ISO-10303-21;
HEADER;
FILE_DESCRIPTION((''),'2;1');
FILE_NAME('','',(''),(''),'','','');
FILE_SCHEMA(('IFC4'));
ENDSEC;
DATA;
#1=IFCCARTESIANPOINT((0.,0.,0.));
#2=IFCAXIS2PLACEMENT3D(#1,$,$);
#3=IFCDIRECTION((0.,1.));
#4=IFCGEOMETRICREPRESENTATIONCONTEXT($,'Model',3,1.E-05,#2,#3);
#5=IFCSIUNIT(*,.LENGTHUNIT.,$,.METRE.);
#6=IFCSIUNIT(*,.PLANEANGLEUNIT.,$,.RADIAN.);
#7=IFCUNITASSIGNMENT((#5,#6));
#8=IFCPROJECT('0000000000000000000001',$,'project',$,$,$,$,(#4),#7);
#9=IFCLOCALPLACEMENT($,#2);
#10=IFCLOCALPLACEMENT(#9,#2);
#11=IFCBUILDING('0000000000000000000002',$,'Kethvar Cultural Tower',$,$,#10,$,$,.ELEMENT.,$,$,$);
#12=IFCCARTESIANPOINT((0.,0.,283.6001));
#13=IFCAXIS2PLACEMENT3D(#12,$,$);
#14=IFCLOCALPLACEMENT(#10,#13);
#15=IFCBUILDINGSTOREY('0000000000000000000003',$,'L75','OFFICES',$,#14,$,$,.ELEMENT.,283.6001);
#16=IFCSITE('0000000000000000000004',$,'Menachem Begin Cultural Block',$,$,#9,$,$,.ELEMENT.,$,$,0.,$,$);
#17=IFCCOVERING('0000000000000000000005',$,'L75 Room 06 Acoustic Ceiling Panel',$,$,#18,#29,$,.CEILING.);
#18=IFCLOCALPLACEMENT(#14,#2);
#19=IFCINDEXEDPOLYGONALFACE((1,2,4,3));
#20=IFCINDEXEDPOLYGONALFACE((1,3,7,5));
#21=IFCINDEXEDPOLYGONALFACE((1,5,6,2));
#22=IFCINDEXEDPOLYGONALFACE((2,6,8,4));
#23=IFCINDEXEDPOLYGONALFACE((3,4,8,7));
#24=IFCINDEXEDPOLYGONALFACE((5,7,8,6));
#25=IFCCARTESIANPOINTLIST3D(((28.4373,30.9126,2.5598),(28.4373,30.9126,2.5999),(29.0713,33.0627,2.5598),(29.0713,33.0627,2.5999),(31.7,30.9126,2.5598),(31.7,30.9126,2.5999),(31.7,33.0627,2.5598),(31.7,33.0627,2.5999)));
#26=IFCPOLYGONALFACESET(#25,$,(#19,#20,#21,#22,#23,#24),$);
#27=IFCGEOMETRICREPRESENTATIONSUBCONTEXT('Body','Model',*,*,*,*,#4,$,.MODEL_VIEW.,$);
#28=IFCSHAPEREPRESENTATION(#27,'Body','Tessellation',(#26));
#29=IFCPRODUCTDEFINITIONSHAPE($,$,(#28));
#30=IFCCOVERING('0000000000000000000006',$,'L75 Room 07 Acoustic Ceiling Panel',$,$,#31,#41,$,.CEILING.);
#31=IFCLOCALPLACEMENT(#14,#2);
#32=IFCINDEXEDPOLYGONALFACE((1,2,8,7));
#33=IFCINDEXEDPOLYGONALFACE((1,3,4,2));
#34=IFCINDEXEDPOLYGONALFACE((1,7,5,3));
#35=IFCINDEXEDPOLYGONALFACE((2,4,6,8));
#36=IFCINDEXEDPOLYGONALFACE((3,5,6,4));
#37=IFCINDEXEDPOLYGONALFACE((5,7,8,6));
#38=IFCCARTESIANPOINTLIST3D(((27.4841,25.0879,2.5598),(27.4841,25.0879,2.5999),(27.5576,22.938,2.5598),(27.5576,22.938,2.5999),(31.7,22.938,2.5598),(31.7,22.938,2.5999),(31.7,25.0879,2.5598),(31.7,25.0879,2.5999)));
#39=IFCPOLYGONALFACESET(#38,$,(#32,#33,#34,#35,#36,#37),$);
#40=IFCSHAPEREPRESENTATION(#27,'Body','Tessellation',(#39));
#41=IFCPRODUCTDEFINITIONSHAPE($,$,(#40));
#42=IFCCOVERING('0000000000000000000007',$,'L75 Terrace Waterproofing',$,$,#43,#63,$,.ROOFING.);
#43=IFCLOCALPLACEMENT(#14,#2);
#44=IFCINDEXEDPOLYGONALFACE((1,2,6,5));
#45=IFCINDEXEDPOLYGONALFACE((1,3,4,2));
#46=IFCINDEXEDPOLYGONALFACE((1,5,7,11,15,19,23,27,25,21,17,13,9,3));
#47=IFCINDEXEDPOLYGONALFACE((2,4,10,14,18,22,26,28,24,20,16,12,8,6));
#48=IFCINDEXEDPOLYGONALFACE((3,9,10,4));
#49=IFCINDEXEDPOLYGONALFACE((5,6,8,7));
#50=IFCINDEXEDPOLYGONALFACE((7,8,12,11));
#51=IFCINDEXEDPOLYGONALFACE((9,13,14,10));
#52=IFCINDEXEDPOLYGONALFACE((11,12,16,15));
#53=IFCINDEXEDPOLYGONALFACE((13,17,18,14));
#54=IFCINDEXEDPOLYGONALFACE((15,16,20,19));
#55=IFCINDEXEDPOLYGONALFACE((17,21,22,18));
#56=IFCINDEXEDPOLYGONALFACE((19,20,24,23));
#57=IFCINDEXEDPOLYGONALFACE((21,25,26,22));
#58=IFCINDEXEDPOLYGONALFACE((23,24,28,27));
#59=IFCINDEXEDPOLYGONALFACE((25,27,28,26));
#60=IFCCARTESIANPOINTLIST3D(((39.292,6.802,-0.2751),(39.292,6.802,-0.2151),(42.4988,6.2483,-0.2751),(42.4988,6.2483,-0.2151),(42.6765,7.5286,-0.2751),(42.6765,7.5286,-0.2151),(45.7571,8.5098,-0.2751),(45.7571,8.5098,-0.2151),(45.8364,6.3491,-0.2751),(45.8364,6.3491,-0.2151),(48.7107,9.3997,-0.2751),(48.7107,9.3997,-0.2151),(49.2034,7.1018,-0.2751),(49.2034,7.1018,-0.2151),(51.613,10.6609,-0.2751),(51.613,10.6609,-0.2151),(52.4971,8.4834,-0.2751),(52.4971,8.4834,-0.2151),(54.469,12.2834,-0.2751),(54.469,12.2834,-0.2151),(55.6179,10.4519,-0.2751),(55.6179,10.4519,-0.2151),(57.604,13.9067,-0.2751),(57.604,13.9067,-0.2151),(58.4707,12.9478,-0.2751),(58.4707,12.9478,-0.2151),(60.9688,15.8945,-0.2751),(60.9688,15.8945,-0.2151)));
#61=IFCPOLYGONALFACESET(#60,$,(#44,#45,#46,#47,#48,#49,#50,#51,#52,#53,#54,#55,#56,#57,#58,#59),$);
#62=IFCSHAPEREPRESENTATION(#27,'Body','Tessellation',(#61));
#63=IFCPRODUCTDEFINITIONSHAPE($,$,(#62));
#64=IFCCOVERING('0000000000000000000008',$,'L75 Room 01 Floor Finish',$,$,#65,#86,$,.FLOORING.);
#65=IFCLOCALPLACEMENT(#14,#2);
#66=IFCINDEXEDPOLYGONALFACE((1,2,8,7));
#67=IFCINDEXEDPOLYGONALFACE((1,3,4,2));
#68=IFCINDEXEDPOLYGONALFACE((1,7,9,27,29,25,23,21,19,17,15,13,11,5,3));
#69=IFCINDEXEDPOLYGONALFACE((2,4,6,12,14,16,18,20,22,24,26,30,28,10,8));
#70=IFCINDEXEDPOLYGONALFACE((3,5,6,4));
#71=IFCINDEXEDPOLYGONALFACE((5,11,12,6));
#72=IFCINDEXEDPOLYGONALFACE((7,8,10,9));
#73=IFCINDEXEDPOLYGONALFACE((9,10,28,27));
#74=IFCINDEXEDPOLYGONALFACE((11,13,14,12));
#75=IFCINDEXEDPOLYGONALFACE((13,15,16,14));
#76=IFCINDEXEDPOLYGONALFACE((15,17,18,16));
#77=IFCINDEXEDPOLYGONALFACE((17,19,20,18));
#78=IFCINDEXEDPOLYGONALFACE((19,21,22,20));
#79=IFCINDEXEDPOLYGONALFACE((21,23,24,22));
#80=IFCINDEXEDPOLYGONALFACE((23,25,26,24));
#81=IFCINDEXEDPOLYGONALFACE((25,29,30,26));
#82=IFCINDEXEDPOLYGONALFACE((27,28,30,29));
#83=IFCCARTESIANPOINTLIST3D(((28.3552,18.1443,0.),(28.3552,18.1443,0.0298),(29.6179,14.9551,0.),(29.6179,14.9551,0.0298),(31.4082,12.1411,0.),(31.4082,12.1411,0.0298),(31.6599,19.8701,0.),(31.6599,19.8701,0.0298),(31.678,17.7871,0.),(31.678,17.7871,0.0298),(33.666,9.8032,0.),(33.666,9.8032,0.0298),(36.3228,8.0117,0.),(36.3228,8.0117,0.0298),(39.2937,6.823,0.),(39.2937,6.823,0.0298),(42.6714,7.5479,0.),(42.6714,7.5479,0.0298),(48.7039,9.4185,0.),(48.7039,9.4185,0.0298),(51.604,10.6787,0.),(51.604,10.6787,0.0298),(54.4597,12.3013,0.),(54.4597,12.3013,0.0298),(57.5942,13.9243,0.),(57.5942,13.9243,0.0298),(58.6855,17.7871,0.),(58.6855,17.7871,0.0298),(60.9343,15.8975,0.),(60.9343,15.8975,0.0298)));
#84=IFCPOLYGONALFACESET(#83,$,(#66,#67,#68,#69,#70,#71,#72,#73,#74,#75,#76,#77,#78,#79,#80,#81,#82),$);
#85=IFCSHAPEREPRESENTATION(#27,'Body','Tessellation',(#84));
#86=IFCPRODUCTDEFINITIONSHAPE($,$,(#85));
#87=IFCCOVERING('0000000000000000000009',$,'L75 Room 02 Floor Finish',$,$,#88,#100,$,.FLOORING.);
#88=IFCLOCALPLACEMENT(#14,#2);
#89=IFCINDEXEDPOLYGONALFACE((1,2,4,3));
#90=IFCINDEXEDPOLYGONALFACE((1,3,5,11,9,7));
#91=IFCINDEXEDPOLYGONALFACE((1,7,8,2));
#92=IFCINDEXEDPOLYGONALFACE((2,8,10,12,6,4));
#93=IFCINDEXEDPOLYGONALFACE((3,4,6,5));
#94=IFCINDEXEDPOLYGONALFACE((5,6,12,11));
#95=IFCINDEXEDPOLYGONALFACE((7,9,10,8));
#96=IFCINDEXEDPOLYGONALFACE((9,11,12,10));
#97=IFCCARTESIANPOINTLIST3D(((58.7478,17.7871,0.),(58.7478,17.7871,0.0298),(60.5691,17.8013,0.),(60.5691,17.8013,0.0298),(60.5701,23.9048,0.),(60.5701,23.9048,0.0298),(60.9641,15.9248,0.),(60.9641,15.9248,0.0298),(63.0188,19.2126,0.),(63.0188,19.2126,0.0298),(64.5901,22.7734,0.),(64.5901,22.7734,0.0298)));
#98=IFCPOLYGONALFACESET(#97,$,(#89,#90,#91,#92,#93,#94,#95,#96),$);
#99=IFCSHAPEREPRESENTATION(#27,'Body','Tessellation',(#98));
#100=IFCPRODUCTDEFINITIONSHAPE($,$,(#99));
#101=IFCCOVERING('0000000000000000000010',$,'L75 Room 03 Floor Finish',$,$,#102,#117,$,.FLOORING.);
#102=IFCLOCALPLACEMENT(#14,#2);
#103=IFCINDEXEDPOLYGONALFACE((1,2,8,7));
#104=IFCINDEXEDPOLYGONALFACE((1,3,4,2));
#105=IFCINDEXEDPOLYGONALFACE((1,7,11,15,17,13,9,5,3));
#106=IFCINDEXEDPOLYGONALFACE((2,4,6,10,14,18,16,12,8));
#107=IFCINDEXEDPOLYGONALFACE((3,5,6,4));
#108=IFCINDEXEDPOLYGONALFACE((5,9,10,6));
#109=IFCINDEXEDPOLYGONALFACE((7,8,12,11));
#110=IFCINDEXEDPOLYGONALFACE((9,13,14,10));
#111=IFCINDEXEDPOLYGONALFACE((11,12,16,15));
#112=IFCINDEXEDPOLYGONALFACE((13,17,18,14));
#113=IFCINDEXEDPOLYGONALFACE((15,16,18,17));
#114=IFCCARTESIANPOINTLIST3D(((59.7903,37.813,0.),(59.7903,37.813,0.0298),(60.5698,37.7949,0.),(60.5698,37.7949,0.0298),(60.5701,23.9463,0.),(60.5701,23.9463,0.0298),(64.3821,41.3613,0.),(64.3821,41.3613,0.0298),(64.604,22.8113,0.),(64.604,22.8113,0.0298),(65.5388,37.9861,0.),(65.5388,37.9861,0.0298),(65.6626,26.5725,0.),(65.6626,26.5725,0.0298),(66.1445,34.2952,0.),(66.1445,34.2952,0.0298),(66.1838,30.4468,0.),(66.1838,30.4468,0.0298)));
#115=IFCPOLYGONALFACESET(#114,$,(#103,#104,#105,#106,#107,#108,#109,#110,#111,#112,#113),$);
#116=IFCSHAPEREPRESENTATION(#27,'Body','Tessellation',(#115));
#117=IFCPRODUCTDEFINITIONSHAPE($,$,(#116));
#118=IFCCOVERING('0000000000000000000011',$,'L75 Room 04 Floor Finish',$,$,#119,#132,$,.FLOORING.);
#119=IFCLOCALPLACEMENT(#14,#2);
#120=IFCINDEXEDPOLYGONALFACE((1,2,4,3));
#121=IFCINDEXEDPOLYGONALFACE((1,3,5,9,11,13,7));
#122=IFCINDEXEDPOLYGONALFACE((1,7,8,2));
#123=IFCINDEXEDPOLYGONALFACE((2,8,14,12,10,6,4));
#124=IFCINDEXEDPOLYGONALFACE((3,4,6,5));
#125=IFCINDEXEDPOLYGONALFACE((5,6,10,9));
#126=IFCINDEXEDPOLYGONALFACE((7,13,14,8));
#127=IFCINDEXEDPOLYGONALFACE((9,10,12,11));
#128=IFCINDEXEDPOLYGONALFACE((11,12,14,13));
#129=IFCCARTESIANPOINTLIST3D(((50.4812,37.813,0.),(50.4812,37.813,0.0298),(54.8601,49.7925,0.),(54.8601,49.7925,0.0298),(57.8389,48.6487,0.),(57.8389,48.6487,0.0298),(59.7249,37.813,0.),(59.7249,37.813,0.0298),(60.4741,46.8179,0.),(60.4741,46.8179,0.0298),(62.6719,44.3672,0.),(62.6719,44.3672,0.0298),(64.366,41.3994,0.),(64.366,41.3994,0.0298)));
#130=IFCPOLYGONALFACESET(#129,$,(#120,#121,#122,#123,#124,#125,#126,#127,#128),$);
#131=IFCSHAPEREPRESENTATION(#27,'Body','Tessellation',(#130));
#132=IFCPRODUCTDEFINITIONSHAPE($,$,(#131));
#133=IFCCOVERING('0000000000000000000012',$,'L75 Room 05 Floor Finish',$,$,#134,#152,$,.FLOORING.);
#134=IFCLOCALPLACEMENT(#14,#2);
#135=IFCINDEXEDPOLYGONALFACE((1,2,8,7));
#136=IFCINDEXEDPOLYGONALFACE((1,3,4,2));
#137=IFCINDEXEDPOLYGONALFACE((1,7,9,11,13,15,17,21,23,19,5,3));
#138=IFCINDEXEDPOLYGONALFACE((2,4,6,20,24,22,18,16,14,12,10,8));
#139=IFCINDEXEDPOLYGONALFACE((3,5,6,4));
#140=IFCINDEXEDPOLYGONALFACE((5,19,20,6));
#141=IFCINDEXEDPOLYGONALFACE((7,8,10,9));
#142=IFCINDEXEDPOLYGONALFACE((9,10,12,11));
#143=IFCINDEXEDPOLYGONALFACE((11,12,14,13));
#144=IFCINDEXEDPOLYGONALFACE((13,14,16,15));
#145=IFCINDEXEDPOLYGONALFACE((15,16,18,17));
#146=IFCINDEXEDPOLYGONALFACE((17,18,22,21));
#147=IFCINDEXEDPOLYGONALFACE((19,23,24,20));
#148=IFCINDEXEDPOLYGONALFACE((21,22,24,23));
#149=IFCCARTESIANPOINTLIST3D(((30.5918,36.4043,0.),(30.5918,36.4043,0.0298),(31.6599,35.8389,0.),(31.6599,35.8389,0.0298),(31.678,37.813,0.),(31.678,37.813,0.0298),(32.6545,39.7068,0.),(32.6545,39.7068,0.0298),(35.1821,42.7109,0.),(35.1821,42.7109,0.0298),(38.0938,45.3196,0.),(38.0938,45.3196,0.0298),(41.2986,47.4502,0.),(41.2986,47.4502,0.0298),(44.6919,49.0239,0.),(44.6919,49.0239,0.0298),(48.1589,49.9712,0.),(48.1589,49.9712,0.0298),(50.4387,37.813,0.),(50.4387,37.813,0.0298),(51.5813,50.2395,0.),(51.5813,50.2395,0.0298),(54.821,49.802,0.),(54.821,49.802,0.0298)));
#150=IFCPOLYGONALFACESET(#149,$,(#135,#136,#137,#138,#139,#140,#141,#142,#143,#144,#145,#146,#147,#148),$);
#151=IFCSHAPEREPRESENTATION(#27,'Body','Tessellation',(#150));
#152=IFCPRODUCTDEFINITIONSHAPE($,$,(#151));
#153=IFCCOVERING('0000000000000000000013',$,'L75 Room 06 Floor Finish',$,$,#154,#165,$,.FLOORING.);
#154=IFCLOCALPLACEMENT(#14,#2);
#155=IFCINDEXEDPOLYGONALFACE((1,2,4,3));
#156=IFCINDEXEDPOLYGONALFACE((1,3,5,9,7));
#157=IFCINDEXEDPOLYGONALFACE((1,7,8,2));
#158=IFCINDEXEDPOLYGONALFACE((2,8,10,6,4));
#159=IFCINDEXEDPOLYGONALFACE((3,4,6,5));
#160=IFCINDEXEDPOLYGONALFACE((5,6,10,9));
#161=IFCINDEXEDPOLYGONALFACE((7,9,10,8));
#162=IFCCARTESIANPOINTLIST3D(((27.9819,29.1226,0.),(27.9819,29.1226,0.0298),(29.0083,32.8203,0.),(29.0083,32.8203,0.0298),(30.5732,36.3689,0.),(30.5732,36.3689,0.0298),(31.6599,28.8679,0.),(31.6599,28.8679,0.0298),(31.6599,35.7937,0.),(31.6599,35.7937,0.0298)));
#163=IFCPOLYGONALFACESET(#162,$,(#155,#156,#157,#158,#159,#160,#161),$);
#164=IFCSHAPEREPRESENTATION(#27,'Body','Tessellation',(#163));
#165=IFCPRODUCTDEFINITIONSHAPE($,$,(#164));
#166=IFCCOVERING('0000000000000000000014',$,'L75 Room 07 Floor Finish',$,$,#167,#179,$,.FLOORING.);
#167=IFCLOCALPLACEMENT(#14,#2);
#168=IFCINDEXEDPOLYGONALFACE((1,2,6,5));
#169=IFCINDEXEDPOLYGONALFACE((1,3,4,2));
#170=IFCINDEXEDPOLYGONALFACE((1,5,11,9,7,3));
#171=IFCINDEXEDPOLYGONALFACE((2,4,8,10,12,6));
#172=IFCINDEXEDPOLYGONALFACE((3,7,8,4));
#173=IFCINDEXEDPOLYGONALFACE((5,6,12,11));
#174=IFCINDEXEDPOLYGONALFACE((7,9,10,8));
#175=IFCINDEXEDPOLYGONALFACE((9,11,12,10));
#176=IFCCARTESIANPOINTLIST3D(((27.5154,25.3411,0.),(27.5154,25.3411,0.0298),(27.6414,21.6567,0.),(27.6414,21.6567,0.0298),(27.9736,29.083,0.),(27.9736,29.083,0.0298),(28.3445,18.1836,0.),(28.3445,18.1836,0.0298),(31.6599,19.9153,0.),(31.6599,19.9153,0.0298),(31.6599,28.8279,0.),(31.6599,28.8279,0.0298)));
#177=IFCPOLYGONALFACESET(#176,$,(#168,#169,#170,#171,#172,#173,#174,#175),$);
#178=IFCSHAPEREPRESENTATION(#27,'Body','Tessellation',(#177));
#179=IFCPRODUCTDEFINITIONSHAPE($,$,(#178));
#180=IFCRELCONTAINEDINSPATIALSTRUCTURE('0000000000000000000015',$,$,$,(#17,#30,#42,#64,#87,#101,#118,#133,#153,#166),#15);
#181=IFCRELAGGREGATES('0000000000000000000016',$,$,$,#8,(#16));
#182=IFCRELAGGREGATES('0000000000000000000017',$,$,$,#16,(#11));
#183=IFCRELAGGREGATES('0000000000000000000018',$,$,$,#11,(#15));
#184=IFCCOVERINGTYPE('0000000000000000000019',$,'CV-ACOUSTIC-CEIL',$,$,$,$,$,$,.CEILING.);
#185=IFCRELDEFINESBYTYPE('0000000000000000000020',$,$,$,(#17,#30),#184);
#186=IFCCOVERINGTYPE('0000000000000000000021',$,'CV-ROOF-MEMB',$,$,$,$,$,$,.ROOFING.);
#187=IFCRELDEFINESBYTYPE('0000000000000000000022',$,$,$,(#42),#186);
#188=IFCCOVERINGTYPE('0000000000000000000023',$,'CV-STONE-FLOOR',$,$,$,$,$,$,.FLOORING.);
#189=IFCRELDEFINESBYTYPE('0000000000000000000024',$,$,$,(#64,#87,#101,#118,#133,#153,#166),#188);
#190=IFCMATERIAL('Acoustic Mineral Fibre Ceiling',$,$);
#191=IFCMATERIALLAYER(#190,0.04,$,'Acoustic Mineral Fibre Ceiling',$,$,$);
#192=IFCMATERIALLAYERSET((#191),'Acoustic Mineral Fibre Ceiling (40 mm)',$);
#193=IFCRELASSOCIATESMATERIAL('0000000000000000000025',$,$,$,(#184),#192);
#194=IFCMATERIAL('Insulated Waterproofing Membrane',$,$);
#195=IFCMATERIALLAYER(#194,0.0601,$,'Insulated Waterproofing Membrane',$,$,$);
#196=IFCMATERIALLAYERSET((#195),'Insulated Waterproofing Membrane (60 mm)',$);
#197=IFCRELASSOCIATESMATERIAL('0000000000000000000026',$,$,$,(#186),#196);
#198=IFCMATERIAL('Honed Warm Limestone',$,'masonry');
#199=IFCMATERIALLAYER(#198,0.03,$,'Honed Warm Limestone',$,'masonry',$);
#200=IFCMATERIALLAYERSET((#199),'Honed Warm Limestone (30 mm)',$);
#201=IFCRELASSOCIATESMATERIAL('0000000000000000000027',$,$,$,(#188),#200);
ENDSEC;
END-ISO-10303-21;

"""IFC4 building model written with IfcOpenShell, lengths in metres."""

from ifc_helpers import new_model, si_unit, direction, frame, origin, place, context, subcontext, project, spatial, polyline, outline, extrude, material, layer, layer_set, type_object, element, save


model = new_model("IFC4")

# Units and contexts
model_context = context("Model", 3, precision=1e-05, world=origin(), true_north=direction((0.0, 1.0)))
body_context = subcontext(model_context, "Body", "Model", "MODEL_VIEW")
ifc_project = project(units=[si_unit("LENGTHUNIT", "METRE"), si_unit("PLANEANGLEUNIT", "RADIAN")], contexts=[model_context])

# Site, building, storey
site_placement = place(None, origin())
site = spatial("IfcSite", under=ifc_project, at=site_placement, Name="Menachem Begin Cultural Block", CompositionType="ELEMENT", RefElevation=0.0)
building_placement = place(site_placement, origin())
building = spatial("IfcBuilding", under=site, at=building_placement, Name="Kethvar Cultural Tower", CompositionType="ELEMENT")
storey_placement = place(building_placement, frame((0.0, 0.0, 283.6001)))
storey = spatial("IfcBuildingStorey", under=building, at=storey_placement, Name="L75", Description="OFFICES", CompositionType="ELEMENT", Elevation=283.6001)

# Coverings
ifc_material_1 = material(Name="Acoustic Mineral Fibre Ceiling")
ifc_layer_1 = layer(ifc_material_1, 0.04, Name="Acoustic Mineral Fibre Ceiling")
ifc_layer_set_1 = layer_set([ifc_layer_1], Name="Acoustic Mineral Fibre Ceiling (40 mm)")
covering_type_1 = type_object("IfcCoveringType", Name="CV-ACOUSTIC-CEIL", PredefinedType="CEILING", material=ifc_layer_set_1)
covering_1_placement = place(storey_placement, frame((0.0, 0.0, 2.5598)))
element("IfcCovering", 1, at=covering_1_placement, inside=storey, type_object=covering_type_1, Name="L75 Room 06 Acoustic Ceiling Panel", PredefinedType="CEILING", context=body_context, shape_type="SweptSolid", body=[
    extrude(outline(polyline([(28.4373, 30.9126), (29.0713, 33.0627), (31.7, 33.0627), (31.7, 30.9126), (28.4373, 30.9126)])), origin(), (0.0, 0.0, 1.0), 0.04),
])
covering_2_placement = place(storey_placement, frame((0.0, 0.0, 2.5598)))
element("IfcCovering", 2, at=covering_2_placement, inside=storey, type_object=covering_type_1, Name="L75 Room 07 Acoustic Ceiling Panel", PredefinedType="CEILING", context=body_context, shape_type="SweptSolid", body=[
    extrude(outline(polyline([(27.4841, 25.0879), (31.7, 25.0879), (31.7, 22.938), (27.5576, 22.938), (27.4841, 25.0879)])), origin(), (0.0, 0.0, 1.0), 0.04),
])
ifc_material_2 = material(Name="Insulated Waterproofing Membrane")
ifc_layer_2 = layer(ifc_material_2, 0.0601, Name="Insulated Waterproofing Membrane")
ifc_layer_set_2 = layer_set([ifc_layer_2], Name="Insulated Waterproofing Membrane (60 mm)")
covering_type_2 = type_object("IfcCoveringType", Name="CV-ROOF-MEMB", PredefinedType="ROOFING", material=ifc_layer_set_2)
covering_3_placement = place(storey_placement, frame((0.0, 0.0, -0.2751)))
element("IfcCovering", 3, at=covering_3_placement, inside=storey, type_object=covering_type_2, Name="L75 Terrace Waterproofing", PredefinedType="ROOFING", context=body_context, shape_type="SweptSolid", body=[
    extrude(outline(polyline([(39.292, 6.802), (42.4988, 6.2483), (45.8364, 6.3491), (49.2034, 7.1018), (52.4971, 8.4834), (55.6179, 10.4519), (58.4707, 12.9478), (60.9688, 15.8945), (57.604, 13.9067), (54.469, 12.2834), (51.613, 10.6609), (48.7107, 9.3997), (45.7571, 8.5098), (42.6765, 7.5286), (39.292, 6.802)])), origin(), (0.0, 0.0, 1.0), 0.0601),
])
ifc_material_3 = material(Name="Honed Warm Limestone", Category="masonry")
ifc_layer_3 = layer(ifc_material_3, 0.03, Name="Honed Warm Limestone", Category="masonry")
ifc_layer_set_3 = layer_set([ifc_layer_3], Name="Honed Warm Limestone (30 mm)")
covering_type_3 = type_object("IfcCoveringType", Name="CV-STONE-FLOOR", PredefinedType="FLOORING", material=ifc_layer_set_3)
covering_4_placement = place(storey_placement, origin())
element("IfcCovering", 4, at=covering_4_placement, inside=storey, type_object=covering_type_3, Name="L75 Room 01 Floor Finish", PredefinedType="FLOORING", context=body_context, shape_type="SweptSolid", body=[
    extrude(outline(polyline([(57.5942, 13.9243), (54.4597, 12.3013), (51.604, 10.6787), (48.7039, 9.4185), (42.6714, 7.5479), (39.2937, 6.823), (36.3228, 8.0117), (33.666, 9.8032), (31.4082, 12.1411), (29.6179, 14.9551), (28.3552, 18.1443), (31.6599, 19.8701), (31.678, 17.7871), (58.6855, 17.7871), (60.9343, 15.8975), (57.5942, 13.9243)])), origin(), (0.0, 0.0, 1.0), 0.0298),
])
covering_5_placement = place(storey_placement, origin())
element("IfcCovering", 5, at=covering_5_placement, inside=storey, type_object=covering_type_3, Name="L75 Room 02 Floor Finish", PredefinedType="FLOORING", context=body_context, shape_type="SweptSolid", body=[
    extrude(outline(polyline([(63.0188, 19.2126), (60.9641, 15.9248), (58.7478, 17.7871), (60.5691, 17.8013), (60.5701, 23.9048), (64.5901, 22.7734), (63.0188, 19.2126)])), origin(), (0.0, 0.0, 1.0), 0.0298),
])
covering_6_placement = place(storey_placement, origin())
element("IfcCovering", 6, at=covering_6_placement, inside=storey, type_object=covering_type_3, Name="L75 Room 03 Floor Finish", PredefinedType="FLOORING", context=body_context, shape_type="SweptSolid", body=[
    extrude(outline(polyline([(65.5388, 37.9861), (66.1445, 34.2952), (66.1838, 30.4468), (65.6626, 26.5725), (64.604, 22.8113), (60.5701, 23.9463), (60.5698, 37.7949), (59.7903, 37.813), (64.3821, 41.3613), (65.5388, 37.9861)])), origin(), (0.0, 0.0, 1.0), 0.0298),
])
covering_7_placement = place(storey_placement, origin())
element("IfcCovering", 7, at=covering_7_placement, inside=storey, type_object=covering_type_3, Name="L75 Room 04 Floor Finish", PredefinedType="FLOORING", context=body_context, shape_type="SweptSolid", body=[
    extrude(outline(polyline([(62.6719, 44.3672), (64.366, 41.3994), (59.7249, 37.813), (50.4812, 37.813), (54.8601, 49.7925), (57.8389, 48.6487), (60.4741, 46.8179), (62.6719, 44.3672)])), origin(), (0.0, 0.0, 1.0), 0.0298),
])
covering_8_placement = place(storey_placement, origin())
element("IfcCovering", 8, at=covering_8_placement, inside=storey, type_object=covering_type_3, Name="L75 Room 05 Floor Finish", PredefinedType="FLOORING", context=body_context, shape_type="SweptSolid", body=[
    extrude(outline(polyline([(32.6545, 39.7068), (35.1821, 42.7109), (38.0938, 45.3196), (41.2986, 47.4502), (44.6919, 49.0239), (48.1589, 49.9712), (51.5813, 50.2395), (54.821, 49.802), (50.4387, 37.813), (31.678, 37.813), (31.6599, 35.8389), (30.5918, 36.4043), (32.6545, 39.7068)])), origin(), (0.0, 0.0, 1.0), 0.0298),
])
covering_9_placement = place(storey_placement, origin())
element("IfcCovering", 9, at=covering_9_placement, inside=storey, type_object=covering_type_3, Name="L75 Room 06 Floor Finish", PredefinedType="FLOORING", context=body_context, shape_type="SweptSolid", body=[
    extrude(outline(polyline([(27.9819, 29.1226), (29.0083, 32.8203), (30.5732, 36.3689), (31.6599, 35.7937), (31.6599, 28.8679), (27.9819, 29.1226)])), origin(), (0.0, 0.0, 1.0), 0.0298),
])
covering_10_placement = place(storey_placement, origin())
element("IfcCovering", 10, at=covering_10_placement, inside=storey, type_object=covering_type_3, Name="L75 Room 07 Floor Finish", PredefinedType="FLOORING", context=body_context, shape_type="SweptSolid", body=[
    extrude(outline(polyline([(27.6414, 21.6567), (27.5154, 25.3411), (27.9736, 29.083), (31.6599, 28.8279), (31.6599, 19.9153), (28.3445, 18.1836), (27.6414, 21.6567)])), origin(), (0.0, 0.0, 1.0), 0.0298),
])

save(model, "model.ifc")
